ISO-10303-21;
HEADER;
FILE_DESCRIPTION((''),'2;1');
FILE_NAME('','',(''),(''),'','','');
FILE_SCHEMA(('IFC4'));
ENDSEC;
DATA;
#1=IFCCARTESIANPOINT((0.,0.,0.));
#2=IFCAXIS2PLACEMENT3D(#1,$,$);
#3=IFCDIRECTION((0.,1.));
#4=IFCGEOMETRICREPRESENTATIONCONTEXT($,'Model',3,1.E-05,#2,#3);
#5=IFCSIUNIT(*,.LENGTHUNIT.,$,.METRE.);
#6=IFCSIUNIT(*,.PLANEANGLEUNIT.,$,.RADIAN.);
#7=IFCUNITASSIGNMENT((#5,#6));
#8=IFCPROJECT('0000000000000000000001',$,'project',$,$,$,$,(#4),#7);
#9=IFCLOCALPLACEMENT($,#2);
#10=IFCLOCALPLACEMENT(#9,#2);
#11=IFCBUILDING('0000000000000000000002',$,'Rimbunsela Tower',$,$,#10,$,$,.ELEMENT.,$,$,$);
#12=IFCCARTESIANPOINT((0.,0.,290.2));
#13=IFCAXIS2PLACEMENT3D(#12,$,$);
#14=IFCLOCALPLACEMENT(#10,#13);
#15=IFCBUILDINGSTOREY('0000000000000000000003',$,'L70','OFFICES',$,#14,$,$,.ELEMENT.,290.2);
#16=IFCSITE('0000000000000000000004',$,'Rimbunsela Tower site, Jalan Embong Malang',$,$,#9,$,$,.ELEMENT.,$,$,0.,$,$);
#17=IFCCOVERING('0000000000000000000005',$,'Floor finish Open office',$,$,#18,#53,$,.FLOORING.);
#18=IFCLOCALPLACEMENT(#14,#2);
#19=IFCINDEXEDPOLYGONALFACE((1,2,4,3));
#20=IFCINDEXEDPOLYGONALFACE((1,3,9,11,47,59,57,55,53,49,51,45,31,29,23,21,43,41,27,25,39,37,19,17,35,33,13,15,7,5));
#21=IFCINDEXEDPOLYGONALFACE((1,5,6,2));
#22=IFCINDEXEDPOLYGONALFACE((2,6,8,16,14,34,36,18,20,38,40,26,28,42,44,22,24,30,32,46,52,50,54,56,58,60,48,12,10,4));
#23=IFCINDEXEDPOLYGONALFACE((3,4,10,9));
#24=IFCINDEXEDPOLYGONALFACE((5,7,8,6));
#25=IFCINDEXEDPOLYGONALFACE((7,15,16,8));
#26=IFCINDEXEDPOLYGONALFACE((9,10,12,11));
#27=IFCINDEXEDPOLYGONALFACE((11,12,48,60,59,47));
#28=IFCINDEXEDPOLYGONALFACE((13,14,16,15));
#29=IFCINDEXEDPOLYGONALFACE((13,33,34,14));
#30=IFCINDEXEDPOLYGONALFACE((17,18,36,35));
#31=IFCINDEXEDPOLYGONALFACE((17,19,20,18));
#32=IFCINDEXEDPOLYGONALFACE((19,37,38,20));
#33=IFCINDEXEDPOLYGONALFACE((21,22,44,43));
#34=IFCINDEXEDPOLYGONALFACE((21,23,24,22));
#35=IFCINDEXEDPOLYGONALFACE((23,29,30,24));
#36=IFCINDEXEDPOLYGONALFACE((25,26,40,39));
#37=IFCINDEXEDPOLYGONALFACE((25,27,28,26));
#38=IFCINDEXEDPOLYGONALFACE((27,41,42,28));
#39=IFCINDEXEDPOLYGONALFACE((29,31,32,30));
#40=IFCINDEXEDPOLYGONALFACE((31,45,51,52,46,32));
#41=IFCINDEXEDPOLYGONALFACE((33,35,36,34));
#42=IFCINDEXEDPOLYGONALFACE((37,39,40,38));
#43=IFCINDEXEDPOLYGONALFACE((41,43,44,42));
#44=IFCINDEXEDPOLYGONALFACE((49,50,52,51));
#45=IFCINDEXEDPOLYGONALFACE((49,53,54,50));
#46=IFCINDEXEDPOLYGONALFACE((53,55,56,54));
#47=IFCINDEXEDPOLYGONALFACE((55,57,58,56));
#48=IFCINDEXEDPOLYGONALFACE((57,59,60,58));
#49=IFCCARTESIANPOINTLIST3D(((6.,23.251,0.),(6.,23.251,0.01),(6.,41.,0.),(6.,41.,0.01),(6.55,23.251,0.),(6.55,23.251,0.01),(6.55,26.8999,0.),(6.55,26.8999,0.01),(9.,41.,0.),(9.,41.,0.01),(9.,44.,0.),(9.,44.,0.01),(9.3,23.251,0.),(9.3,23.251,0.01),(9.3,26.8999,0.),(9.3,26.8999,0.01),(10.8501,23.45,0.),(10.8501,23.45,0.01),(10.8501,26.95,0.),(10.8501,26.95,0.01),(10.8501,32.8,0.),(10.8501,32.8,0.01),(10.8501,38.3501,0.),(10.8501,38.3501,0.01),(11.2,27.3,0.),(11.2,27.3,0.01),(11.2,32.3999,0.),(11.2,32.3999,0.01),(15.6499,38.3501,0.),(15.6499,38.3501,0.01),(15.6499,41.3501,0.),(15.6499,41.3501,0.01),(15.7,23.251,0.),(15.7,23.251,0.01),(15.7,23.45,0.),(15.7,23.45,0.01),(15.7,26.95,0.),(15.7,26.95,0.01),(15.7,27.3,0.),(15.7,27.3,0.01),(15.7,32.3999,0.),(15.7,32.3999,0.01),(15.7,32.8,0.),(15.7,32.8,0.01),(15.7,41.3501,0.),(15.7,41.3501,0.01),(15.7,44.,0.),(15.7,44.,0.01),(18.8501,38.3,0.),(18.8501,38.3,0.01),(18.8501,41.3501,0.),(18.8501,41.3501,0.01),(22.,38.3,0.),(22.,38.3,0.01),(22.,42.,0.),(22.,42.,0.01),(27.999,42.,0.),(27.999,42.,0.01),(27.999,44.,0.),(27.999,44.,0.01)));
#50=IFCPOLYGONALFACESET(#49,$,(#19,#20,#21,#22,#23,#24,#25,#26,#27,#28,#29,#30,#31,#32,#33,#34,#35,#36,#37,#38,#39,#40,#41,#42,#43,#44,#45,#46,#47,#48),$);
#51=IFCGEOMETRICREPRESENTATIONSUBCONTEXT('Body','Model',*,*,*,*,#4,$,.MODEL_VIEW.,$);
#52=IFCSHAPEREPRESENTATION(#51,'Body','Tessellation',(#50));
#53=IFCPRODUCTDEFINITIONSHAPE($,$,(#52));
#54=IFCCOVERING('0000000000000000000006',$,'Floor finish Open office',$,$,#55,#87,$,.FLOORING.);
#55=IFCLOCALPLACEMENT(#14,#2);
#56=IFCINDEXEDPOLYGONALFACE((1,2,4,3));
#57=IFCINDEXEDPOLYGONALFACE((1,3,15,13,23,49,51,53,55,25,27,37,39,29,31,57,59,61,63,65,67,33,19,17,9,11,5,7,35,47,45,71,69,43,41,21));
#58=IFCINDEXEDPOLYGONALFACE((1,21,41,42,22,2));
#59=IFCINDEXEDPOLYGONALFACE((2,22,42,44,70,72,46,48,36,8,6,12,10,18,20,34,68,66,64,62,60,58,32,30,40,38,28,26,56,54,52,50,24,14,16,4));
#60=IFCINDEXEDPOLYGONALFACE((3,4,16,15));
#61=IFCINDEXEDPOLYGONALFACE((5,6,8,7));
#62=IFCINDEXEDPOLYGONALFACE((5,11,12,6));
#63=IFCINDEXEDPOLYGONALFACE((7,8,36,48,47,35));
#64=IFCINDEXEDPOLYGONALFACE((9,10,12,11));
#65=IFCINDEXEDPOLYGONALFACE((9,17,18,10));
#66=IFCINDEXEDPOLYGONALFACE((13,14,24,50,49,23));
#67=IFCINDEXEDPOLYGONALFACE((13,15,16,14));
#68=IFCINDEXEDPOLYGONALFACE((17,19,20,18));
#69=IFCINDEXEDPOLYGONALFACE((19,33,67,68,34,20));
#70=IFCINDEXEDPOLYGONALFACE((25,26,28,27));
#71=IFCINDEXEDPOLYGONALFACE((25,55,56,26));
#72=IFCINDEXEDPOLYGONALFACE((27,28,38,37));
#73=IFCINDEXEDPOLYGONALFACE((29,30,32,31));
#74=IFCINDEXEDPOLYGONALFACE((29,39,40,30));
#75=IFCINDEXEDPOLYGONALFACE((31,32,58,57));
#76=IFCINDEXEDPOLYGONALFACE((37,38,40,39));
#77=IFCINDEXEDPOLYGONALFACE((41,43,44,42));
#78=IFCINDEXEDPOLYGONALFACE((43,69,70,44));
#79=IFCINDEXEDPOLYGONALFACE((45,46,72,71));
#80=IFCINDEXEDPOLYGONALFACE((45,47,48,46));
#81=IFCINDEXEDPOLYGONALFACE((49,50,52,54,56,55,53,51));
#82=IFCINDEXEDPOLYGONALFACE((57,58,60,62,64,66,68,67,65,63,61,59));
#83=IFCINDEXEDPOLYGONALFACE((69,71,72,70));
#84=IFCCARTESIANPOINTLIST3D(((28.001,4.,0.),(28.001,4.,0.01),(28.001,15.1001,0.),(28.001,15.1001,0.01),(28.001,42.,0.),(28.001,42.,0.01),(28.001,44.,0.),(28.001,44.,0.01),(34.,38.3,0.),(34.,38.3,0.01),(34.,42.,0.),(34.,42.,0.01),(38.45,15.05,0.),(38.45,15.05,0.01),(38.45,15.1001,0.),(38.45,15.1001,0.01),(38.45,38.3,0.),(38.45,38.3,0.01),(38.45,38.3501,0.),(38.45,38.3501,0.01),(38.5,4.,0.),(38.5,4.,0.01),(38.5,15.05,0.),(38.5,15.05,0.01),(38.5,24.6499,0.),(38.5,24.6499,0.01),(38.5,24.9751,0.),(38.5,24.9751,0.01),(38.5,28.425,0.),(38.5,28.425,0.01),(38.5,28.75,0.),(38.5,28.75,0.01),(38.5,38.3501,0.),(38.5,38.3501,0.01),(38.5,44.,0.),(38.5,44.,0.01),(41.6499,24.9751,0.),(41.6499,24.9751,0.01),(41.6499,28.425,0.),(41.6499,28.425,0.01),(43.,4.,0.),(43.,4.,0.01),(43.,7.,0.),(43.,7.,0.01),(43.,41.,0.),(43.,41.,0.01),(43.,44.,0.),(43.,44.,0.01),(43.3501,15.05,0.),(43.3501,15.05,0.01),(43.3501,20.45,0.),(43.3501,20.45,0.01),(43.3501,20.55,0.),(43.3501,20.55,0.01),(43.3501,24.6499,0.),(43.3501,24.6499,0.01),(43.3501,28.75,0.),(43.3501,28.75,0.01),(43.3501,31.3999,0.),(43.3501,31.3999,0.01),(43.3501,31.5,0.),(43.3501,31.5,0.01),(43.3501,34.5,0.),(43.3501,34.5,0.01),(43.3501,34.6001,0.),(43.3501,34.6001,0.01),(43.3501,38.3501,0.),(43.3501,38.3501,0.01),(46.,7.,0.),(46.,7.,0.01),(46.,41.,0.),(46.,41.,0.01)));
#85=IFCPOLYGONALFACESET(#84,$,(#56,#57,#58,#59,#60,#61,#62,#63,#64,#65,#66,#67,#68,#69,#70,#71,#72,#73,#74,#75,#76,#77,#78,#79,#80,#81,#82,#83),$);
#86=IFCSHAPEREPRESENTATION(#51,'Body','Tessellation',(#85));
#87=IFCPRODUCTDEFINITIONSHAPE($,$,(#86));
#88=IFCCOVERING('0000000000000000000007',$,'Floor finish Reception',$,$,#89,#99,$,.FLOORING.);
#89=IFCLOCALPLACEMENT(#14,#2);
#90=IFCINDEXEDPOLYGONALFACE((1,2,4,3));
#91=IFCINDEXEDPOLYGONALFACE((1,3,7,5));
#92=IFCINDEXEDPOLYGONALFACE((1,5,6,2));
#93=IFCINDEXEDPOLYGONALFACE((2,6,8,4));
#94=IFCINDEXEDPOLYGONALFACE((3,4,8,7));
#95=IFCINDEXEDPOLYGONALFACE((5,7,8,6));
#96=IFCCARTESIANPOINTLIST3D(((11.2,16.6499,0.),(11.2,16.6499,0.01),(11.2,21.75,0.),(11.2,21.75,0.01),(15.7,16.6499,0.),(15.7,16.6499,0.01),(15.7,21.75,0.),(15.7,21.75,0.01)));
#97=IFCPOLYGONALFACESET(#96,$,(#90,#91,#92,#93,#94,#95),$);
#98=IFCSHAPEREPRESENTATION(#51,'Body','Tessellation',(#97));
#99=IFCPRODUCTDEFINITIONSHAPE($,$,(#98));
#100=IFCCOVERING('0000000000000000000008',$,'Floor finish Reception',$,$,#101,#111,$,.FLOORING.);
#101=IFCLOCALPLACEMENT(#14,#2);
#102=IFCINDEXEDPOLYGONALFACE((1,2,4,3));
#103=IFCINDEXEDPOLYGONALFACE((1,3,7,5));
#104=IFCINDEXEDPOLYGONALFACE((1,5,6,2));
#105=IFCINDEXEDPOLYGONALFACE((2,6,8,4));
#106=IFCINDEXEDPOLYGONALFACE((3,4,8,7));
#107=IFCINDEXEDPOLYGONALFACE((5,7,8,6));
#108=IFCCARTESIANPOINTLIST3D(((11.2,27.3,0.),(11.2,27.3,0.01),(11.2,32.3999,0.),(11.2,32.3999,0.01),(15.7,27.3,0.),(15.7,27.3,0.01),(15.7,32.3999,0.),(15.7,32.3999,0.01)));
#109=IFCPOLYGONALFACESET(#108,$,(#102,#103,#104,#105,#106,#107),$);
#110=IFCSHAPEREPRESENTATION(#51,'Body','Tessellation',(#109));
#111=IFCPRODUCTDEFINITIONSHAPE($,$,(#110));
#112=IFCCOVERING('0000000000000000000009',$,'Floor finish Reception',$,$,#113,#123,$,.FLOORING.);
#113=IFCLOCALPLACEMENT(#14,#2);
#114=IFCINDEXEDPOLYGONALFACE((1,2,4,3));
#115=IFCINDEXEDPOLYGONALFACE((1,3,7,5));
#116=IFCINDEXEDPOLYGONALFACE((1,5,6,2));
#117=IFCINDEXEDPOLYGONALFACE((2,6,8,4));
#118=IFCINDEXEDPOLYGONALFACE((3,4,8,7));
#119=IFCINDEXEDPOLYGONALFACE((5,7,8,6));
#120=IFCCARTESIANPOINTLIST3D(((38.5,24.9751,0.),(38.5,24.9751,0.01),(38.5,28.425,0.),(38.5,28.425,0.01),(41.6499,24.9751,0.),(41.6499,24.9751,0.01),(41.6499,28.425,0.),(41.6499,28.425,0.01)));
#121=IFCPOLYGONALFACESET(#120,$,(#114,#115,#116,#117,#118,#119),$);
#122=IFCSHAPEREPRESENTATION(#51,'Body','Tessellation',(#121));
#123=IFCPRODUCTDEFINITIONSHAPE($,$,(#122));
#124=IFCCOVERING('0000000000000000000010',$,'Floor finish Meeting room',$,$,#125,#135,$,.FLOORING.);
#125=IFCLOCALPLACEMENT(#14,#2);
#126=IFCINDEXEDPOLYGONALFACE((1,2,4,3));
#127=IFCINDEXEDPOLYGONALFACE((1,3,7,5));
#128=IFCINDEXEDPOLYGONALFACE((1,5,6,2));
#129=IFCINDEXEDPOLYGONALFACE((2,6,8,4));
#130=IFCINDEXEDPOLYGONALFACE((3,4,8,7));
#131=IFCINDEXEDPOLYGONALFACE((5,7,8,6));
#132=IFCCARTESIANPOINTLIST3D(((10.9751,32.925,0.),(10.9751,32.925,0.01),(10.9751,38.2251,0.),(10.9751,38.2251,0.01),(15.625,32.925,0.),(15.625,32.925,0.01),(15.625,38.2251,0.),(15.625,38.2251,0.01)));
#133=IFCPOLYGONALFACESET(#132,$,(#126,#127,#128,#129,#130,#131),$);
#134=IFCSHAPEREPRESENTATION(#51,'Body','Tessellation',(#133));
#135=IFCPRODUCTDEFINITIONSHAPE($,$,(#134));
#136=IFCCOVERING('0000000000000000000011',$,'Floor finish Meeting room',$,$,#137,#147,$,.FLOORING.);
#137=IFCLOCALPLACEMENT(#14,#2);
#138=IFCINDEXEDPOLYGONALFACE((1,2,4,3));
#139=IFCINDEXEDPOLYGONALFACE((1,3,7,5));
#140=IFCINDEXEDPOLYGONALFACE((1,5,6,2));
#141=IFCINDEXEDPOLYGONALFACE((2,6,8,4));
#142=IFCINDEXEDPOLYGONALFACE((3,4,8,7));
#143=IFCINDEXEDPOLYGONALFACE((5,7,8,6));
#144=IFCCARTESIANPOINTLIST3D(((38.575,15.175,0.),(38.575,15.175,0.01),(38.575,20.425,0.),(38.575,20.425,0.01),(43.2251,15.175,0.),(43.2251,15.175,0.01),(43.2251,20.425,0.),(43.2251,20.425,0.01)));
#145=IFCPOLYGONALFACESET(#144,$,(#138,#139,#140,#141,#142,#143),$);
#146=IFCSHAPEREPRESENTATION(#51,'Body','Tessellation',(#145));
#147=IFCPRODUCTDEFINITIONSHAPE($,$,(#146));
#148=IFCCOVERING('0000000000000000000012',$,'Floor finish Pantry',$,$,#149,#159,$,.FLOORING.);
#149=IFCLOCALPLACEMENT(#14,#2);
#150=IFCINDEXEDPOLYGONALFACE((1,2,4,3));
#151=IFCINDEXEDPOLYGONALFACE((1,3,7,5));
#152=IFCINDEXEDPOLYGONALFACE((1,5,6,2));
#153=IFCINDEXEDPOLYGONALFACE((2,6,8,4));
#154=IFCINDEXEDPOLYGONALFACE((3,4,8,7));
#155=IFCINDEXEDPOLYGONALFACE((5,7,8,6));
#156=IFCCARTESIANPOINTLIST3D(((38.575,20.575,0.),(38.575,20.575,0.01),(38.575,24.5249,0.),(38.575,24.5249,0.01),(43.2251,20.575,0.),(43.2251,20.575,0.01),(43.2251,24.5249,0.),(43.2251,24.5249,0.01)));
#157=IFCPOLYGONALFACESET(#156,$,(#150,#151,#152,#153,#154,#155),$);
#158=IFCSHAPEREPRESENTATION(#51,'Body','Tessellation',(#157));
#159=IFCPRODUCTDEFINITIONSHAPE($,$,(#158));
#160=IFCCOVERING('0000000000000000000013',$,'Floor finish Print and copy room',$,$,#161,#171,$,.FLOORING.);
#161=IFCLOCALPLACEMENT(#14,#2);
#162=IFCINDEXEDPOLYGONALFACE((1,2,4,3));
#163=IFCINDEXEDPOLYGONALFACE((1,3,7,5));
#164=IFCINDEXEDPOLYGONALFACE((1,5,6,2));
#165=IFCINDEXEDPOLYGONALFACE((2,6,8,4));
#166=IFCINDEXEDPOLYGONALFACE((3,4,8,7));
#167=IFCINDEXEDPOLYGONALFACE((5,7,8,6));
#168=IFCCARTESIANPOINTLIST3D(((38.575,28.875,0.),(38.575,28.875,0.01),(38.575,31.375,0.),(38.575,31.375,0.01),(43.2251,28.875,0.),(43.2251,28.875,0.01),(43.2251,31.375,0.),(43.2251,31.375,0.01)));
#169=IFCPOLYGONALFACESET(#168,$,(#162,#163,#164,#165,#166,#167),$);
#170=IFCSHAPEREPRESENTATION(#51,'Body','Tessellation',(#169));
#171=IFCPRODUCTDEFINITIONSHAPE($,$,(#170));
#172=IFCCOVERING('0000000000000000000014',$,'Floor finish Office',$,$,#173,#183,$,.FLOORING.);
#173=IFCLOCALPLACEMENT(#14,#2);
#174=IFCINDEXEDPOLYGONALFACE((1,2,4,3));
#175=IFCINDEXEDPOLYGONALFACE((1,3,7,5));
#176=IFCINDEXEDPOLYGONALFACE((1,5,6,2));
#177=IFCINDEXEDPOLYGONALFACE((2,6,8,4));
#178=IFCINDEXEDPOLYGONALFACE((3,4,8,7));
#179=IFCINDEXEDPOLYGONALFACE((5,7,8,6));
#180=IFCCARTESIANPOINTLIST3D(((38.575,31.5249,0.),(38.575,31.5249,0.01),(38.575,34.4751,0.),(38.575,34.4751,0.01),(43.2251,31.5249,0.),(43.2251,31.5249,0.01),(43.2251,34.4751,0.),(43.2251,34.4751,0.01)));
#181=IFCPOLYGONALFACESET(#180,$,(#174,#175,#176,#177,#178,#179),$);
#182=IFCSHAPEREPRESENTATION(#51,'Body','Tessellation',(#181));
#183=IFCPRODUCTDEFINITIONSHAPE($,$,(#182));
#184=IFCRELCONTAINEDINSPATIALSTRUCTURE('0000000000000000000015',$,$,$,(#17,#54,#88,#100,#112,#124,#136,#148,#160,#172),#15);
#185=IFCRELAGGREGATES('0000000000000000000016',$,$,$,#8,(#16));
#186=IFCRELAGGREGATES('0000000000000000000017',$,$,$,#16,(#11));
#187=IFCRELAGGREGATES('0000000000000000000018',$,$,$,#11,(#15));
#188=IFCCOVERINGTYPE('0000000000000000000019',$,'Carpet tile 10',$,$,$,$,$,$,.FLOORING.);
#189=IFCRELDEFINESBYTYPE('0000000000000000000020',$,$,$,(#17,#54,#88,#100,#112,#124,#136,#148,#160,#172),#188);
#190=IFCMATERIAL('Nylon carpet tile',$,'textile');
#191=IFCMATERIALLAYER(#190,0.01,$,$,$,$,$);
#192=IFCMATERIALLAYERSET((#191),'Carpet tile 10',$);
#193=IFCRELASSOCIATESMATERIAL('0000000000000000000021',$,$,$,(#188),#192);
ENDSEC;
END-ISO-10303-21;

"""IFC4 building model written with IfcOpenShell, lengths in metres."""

from ifc_helpers import new_model, si_unit, direction, frame, origin, place, context, subcontext, project, spatial, polyline, outline, extrude, material, layer, layer_set, type_object, element, save


model = new_model("IFC4")

# Units and contexts
model_context = context("Model", 3, precision=1e-05, world=origin(), true_north=direction((0.0, 1.0)))
body_context = subcontext(model_context, "Body", "Model", "MODEL_VIEW")
ifc_project = project(units=[si_unit("LENGTHUNIT", "METRE"), si_unit("PLANEANGLEUNIT", "RADIAN")], contexts=[model_context])

# Site, building, storey
site_placement = place(None, origin())
site = spatial("IfcSite", under=ifc_project, at=site_placement, Name="Rimbunsela Tower site, Jalan Embong Malang", CompositionType="ELEMENT", RefElevation=0.0)
building_placement = place(site_placement, origin())
building = spatial("IfcBuilding", under=site, at=building_placement, Name="Rimbunsela Tower", CompositionType="ELEMENT")
storey_placement = place(building_placement, frame((0.0, 0.0, 290.2)))
storey = spatial("IfcBuildingStorey", under=building, at=storey_placement, Name="L70", Description="OFFICES", CompositionType="ELEMENT", Elevation=290.2)

# Coverings
ifc_material_1 = material(Name="Nylon carpet tile", Category="textile")
ifc_layer_1 = layer(ifc_material_1, 0.01)
ifc_layer_set_1 = layer_set([ifc_layer_1], Name="Carpet tile 10")
covering_type_1 = type_object("IfcCoveringType", Name="Carpet tile 10", PredefinedType="FLOORING", material=ifc_layer_set_1)
covering_1_placement = place(storey_placement, origin())
element("IfcCovering", 1, at=covering_1_placement, inside=storey, type_object=covering_type_1, Name="Floor finish Open office", PredefinedType="FLOORING", context=body_context, shape_type="SweptSolid", body=[
    extrude(outline(polyline([(15.6499, 38.3501), (10.8501, 38.3501), (10.8501, 32.8), (15.7, 32.8), (15.7, 32.3999), (11.2, 32.3999), (11.2, 27.3), (15.7, 27.3), (15.7, 26.95), (10.8501, 26.95), (10.8501, 23.45), (15.7, 23.45), (15.7, 23.251), (9.3, 23.251), (9.3, 26.8999), (6.55, 26.8999), (6.55, 23.251), (6.0, 23.251), (6.0, 41.0), (9.0, 41.0), (9.0, 44.0), (15.7, 44.0), (27.999, 44.0), (27.999, 42.0), (22.0, 42.0), (22.0, 38.3), (18.8501, 38.3), (18.8501, 41.3501), (15.7, 41.3501), (15.6499, 41.3501), (15.6499, 38.3501)])), origin(), (0.0, 0.0, 1.0), 0.01),
])
covering_2_placement = place(storey_placement, origin())
element("IfcCovering", 2, at=covering_2_placement, inside=storey, type_object=covering_type_1, Name="Floor finish Open office", PredefinedType="FLOORING", context=body_context, shape_type="SweptSolid", body=[
    extrude(outline(polyline([(28.001, 15.1001), (38.45, 15.1001), (38.45, 15.05), (38.5, 15.05), (43.3501, 15.05), (43.3501, 20.45), (43.3501, 20.55), (43.3501, 24.6499), (38.5, 24.6499), (38.5, 24.9751), (41.6499, 24.9751), (41.6499, 28.425), (38.5, 28.425), (38.5, 28.75), (43.3501, 28.75), (43.3501, 31.3999), (43.3501, 31.5), (43.3501, 34.5), (43.3501, 34.6001), (43.3501, 38.3501), (38.5, 38.3501), (38.45, 38.3501), (38.45, 38.3), (34.0, 38.3), (34.0, 42.0), (28.001, 42.0), (28.001, 44.0), (38.5, 44.0), (43.0, 44.0), (43.0, 41.0), (46.0, 41.0), (46.0, 7.0), (43.0, 7.0), (43.0, 4.0), (38.5, 4.0), (28.001, 4.0), (28.001, 15.1001)])), origin(), (0.0, 0.0, 1.0), 0.01),
])
covering_3_placement = place(storey_placement, origin())
element("IfcCovering", 3, at=covering_3_placement, inside=storey, type_object=covering_type_1, Name="Floor finish Reception", PredefinedType="FLOORING", context=body_context, shape_type="SweptSolid", body=[
    extrude(outline(polyline([(15.7, 16.6499), (15.7, 21.75), (11.2, 21.75), (11.2, 16.6499), (15.7, 16.6499)])), origin(), (0.0, 0.0, 1.0), 0.01),
])
covering_4_placement = place(storey_placement, origin())
element("IfcCovering", 4, at=covering_4_placement, inside=storey, type_object=covering_type_1, Name="Floor finish Reception", PredefinedType="FLOORING", context=body_context, shape_type="SweptSolid", body=[
    extrude(outline(polyline([(15.7, 27.3), (15.7, 32.3999), (11.2, 32.3999), (11.2, 27.3), (15.7, 27.3)])), origin(), (0.0, 0.0, 1.0), 0.01),
])
covering_5_placement = place(storey_placement, origin())
element("IfcCovering", 5, at=covering_5_placement, inside=storey, type_object=covering_type_1, Name="Floor finish Reception", PredefinedType="FLOORING", context=body_context, shape_type="SweptSolid", body=[
    extrude(outline(polyline([(41.6499, 24.9751), (41.6499, 28.425), (38.5, 28.425), (38.5, 24.9751), (41.6499, 24.9751)])), origin(), (0.0, 0.0, 1.0), 0.01),
])
covering_6_placement = place(storey_placement, origin())
element("IfcCovering", 6, at=covering_6_placement, inside=storey, type_object=covering_type_1, Name="Floor finish Meeting room", PredefinedType="FLOORING", context=body_context, shape_type="SweptSolid", body=[
    extrude(outline(polyline([(15.625, 32.925), (15.625, 38.2251), (10.9751, 38.2251), (10.9751, 32.925), (15.625, 32.925)])), origin(), (0.0, 0.0, 1.0), 0.01),
])
covering_7_placement = place(storey_placement, origin())
element("IfcCovering", 7, at=covering_7_placement, inside=storey, type_object=covering_type_1, Name="Floor finish Meeting room", PredefinedType="FLOORING", context=body_context, shape_type="SweptSolid", body=[
    extrude(outline(polyline([(43.2251, 15.175), (43.2251, 20.425), (38.575, 20.425), (38.575, 15.175), (43.2251, 15.175)])), origin(), (0.0, 0.0, 1.0), 0.01),
])
covering_8_placement = place(storey_placement, origin())
element("IfcCovering", 8, at=covering_8_placement, inside=storey, type_object=covering_type_1, Name="Floor finish Pantry", PredefinedType="FLOORING", context=body_context, shape_type="SweptSolid", body=[
    extrude(outline(polyline([(43.2251, 20.575), (43.2251, 24.5249), (38.575, 24.5249), (38.575, 20.575), (43.2251, 20.575)])), origin(), (0.0, 0.0, 1.0), 0.01),
])
covering_9_placement = place(storey_placement, origin())
element("IfcCovering", 9, at=covering_9_placement, inside=storey, type_object=covering_type_1, Name="Floor finish Print and copy room", PredefinedType="FLOORING", context=body_context, shape_type="SweptSolid", body=[
    extrude(outline(polyline([(43.2251, 28.875), (43.2251, 31.375), (38.575, 31.375), (38.575, 28.875), (43.2251, 28.875)])), origin(), (0.0, 0.0, 1.0), 0.01),
])
covering_10_placement = place(storey_placement, origin())
element("IfcCovering", 10, at=covering_10_placement, inside=storey, type_object=covering_type_1, Name="Floor finish Office", PredefinedType="FLOORING", context=body_context, shape_type="SweptSolid", body=[
    extrude(outline(polyline([(43.2251, 31.5249), (43.2251, 34.4751), (38.575, 34.4751), (38.575, 31.5249), (43.2251, 31.5249)])), origin(), (0.0, 0.0, 1.0), 0.01),
])

save(model, "model.ifc")
